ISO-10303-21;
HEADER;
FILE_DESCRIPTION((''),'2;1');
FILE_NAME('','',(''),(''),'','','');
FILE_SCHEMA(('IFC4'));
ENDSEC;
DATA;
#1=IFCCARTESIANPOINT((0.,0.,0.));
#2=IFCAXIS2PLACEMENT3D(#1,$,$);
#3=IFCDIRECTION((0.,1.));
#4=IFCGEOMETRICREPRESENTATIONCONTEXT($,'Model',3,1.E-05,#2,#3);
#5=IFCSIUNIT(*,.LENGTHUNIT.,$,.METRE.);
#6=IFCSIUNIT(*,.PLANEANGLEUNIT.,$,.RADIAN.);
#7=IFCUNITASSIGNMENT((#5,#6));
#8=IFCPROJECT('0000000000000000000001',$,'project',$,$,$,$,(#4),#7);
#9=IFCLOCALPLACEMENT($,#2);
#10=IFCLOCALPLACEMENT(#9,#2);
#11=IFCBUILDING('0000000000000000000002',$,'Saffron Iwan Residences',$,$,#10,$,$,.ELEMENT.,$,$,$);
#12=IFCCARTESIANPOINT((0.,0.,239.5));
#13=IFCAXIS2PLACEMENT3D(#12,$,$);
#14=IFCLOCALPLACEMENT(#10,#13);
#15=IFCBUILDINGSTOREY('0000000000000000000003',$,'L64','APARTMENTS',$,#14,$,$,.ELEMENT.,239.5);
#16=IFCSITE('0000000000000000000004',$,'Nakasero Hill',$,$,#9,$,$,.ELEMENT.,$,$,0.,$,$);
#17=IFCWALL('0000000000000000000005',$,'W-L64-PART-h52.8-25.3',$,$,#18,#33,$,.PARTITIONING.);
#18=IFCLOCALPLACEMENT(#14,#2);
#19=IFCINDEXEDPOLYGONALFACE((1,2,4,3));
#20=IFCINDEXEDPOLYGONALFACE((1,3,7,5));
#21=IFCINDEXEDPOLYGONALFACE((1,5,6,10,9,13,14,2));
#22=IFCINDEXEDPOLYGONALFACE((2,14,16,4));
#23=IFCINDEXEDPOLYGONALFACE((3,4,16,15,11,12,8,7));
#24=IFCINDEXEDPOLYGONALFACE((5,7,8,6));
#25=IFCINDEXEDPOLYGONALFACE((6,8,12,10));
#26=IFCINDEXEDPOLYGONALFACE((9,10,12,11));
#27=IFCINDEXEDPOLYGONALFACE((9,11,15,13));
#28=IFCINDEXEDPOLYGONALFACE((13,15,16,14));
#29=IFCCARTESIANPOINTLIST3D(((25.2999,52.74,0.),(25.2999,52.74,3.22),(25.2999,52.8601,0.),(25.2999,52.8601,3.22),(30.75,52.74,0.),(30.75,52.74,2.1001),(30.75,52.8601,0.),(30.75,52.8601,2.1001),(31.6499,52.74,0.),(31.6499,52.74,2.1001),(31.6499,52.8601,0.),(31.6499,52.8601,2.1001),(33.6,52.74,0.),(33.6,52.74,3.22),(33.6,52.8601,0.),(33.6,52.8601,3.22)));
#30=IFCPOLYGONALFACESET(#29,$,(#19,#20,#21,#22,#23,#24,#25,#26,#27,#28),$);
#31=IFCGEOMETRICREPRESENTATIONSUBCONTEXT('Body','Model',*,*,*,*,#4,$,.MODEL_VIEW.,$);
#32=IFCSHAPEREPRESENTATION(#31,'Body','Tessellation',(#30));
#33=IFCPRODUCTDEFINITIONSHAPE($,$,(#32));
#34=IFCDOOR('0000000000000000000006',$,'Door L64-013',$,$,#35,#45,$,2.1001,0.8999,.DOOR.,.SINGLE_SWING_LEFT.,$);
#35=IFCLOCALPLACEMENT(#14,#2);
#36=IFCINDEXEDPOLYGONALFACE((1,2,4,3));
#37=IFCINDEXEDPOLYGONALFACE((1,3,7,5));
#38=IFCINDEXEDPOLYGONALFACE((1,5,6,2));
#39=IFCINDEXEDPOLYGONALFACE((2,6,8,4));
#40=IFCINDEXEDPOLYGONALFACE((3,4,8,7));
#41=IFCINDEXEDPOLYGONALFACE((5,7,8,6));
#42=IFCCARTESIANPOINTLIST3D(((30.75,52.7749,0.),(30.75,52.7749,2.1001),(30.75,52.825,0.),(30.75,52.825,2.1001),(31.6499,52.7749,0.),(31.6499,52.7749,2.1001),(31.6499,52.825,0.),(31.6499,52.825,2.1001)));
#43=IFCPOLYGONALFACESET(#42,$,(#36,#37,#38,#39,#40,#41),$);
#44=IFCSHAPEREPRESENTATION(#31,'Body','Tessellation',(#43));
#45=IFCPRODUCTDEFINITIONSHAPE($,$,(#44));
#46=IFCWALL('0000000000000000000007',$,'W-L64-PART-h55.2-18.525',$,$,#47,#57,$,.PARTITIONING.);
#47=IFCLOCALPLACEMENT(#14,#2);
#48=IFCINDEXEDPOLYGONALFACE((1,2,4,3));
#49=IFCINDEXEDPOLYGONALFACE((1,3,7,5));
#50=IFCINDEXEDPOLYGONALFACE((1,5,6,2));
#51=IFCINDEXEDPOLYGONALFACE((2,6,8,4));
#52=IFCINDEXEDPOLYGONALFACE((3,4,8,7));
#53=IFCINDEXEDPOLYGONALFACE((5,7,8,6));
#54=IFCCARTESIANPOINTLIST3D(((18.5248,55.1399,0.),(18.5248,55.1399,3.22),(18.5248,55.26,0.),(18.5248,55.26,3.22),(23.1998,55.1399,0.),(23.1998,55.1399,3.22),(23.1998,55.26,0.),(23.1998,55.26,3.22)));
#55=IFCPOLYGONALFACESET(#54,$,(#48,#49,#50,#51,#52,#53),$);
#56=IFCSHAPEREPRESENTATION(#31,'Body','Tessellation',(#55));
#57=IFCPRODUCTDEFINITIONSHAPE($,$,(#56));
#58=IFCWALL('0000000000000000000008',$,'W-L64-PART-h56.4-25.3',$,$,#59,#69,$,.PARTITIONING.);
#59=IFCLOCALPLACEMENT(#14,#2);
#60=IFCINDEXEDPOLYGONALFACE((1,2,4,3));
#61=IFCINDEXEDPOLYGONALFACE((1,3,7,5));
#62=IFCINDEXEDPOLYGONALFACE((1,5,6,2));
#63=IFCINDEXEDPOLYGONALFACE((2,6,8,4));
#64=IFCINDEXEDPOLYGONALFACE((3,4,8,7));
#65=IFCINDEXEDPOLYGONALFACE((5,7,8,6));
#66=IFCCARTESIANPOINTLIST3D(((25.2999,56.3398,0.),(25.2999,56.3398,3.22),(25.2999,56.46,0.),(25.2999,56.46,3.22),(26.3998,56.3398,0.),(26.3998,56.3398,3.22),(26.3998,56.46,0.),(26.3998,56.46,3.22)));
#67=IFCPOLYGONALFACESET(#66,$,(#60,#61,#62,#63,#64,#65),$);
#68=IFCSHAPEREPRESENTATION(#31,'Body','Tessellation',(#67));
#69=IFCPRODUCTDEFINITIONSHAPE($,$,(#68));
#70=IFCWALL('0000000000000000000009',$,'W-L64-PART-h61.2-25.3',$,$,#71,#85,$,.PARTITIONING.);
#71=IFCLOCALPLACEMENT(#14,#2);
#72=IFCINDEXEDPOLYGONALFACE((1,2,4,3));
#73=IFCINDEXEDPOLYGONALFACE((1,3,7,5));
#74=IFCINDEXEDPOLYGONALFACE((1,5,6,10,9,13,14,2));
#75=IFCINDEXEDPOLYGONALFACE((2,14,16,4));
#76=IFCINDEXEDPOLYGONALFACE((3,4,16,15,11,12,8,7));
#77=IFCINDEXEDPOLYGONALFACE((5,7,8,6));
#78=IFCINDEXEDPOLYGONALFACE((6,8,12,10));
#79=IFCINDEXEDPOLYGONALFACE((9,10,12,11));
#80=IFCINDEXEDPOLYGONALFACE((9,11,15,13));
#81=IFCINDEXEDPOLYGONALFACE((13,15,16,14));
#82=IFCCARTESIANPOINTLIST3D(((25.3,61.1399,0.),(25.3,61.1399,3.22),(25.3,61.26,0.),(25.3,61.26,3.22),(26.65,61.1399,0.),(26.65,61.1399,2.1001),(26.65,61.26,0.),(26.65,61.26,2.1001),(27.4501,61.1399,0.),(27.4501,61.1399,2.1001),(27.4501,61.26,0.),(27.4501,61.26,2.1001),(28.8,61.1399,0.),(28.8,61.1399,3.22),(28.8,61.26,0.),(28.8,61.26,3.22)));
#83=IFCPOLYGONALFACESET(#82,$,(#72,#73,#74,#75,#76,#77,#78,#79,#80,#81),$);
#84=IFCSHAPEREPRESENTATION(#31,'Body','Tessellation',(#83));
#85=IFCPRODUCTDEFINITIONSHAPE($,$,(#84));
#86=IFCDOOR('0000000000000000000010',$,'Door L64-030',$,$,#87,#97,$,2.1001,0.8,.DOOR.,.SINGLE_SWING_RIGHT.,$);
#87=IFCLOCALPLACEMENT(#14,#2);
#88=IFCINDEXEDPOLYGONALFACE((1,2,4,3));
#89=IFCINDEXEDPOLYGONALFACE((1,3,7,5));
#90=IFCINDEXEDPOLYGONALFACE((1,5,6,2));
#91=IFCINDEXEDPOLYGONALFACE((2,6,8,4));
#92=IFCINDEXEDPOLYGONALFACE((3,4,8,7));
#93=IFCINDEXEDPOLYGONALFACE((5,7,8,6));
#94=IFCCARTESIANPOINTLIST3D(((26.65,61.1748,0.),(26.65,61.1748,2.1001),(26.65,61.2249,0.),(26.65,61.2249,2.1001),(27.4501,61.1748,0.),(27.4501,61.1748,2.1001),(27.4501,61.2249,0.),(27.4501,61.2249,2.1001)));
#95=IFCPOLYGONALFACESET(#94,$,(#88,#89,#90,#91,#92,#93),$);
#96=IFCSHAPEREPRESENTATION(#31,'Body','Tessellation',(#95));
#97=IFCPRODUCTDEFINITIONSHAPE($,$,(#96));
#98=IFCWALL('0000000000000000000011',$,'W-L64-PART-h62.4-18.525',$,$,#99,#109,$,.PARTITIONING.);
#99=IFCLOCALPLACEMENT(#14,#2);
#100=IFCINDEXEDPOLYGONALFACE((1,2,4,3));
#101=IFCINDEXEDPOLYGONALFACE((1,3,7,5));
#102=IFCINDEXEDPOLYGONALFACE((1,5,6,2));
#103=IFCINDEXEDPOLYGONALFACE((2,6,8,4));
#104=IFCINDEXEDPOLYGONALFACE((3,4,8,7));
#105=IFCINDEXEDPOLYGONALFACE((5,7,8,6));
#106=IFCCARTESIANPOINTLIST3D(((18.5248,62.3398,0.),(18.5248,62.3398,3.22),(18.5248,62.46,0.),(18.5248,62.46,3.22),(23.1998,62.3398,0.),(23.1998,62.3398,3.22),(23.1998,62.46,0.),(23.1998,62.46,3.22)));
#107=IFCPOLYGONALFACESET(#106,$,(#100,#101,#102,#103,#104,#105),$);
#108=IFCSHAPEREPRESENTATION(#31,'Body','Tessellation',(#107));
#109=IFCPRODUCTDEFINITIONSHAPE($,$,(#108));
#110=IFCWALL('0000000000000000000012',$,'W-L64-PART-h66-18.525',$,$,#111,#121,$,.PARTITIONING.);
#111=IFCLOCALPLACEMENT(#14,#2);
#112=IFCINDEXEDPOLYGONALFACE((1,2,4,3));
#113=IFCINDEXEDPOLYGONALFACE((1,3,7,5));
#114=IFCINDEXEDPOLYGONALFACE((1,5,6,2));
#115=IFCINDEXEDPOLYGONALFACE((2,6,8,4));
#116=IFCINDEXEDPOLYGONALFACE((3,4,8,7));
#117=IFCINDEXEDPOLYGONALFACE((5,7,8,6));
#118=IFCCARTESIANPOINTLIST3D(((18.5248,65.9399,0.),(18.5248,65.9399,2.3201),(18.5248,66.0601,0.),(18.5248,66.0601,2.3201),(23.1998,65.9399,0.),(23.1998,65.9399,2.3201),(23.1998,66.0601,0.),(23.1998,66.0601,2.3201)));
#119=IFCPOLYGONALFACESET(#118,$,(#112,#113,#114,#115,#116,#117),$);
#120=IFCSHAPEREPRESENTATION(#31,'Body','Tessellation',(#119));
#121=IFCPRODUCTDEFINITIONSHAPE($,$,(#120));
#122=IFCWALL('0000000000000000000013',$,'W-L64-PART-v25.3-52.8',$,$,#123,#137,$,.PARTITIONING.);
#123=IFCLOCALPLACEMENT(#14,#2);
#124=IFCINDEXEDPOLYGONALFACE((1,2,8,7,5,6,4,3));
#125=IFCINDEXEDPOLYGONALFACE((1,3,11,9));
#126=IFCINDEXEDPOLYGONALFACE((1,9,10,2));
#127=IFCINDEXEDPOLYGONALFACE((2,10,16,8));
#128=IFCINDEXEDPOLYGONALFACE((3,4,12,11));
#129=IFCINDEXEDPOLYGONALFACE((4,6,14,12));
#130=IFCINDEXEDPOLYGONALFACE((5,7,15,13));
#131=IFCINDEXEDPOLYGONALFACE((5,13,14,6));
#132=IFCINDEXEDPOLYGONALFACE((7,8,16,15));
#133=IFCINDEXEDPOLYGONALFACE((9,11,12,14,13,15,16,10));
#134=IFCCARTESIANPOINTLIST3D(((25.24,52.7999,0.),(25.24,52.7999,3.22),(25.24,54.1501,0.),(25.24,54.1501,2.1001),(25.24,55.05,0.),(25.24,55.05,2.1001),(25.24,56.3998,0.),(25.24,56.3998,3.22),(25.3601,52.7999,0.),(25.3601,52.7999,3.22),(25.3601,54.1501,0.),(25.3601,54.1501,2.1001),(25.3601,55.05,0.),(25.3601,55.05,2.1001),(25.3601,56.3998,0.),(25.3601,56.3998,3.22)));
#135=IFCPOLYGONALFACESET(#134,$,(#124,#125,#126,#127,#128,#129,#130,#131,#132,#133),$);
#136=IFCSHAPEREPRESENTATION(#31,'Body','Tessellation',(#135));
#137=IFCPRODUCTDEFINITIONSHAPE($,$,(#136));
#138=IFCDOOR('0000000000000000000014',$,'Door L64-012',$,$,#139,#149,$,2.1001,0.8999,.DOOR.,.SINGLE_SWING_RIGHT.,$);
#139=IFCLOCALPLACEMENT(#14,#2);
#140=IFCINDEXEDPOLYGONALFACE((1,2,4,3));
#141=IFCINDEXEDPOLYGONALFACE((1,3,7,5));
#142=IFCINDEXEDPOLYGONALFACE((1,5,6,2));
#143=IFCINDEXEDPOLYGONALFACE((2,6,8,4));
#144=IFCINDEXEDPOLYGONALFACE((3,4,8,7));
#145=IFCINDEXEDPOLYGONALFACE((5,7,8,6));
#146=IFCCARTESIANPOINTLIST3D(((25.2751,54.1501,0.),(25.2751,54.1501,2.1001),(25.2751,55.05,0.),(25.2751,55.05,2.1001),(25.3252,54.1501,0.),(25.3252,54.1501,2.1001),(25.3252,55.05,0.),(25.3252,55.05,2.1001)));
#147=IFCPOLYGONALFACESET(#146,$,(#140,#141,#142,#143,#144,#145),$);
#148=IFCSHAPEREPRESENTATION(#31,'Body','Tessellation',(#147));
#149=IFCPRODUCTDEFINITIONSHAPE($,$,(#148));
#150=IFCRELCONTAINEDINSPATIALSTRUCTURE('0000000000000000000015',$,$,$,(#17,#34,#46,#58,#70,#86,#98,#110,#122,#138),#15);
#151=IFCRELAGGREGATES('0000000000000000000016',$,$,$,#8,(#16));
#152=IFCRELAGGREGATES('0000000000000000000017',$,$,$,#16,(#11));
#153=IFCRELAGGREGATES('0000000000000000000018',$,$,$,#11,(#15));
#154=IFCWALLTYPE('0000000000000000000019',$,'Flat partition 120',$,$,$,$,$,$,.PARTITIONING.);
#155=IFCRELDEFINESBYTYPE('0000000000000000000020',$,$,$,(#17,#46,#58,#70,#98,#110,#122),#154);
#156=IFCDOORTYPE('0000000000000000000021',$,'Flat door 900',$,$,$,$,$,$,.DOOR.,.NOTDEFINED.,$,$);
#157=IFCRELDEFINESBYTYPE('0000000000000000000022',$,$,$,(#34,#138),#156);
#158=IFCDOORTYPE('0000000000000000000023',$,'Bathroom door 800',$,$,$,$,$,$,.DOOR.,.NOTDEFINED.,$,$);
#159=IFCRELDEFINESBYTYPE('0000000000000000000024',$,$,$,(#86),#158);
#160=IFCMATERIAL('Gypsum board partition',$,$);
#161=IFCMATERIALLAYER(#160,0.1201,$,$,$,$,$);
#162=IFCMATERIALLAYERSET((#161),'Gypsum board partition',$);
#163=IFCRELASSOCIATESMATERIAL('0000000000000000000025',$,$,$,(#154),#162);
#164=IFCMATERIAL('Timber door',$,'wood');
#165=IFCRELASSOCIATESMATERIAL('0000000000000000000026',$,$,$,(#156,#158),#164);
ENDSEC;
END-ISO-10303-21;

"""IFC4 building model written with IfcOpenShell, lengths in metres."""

from ifc_helpers import new_model, si_unit, direction, frame, frame_2d, origin, place, context, subcontext, project, spatial, rectangle, extrude, material, layer, layer_set, type_object, element, fill, save


model = new_model("IFC4")

# Units and contexts
model_context = context("Model", 3, precision=1e-05, world=origin(), true_north=direction((0.0, 1.0)))
body_context = subcontext(model_context, "Body", "Model", "MODEL_VIEW")
ifc_project = project(units=[si_unit("LENGTHUNIT", "METRE"), si_unit("PLANEANGLEUNIT", "RADIAN")], contexts=[model_context])

# Site, building, storey
site_placement = place(None, origin())
site = spatial("IfcSite", under=ifc_project, at=site_placement, Name="Nakasero Hill", CompositionType="ELEMENT", RefElevation=0.0)
building_placement = place(site_placement, origin())
building = spatial("IfcBuilding", under=site, at=building_placement, Name="Saffron Iwan Residences", CompositionType="ELEMENT")
storey_placement = place(building_placement, frame((0.0, 0.0, 239.5)))
storey = spatial("IfcBuildingStorey", under=building, at=storey_placement, Name="L64", Description="APARTMENTS", CompositionType="ELEMENT", Elevation=239.5)

# Wall, opening, door
ifc_material_1 = material(Name="Gypsum board partition")
ifc_layer_1 = layer(ifc_material_1, 0.1201)
ifc_layer_set_1 = layer_set([ifc_layer_1], Name="Gypsum board partition")
wall_type_1 = type_object("IfcWallType", Name="Flat partition 120", PredefinedType="PARTITIONING", material=ifc_layer_set_1)
wall_1_placement = place(storey_placement, frame((25.3, 52.8, 0.0), z_axis=(0.0, 0.0, 1.0), x_axis=(1.0, 0.0, 0.0)))
wall_1 = element("IfcWall", 1, at=wall_1_placement, inside=storey, type_object=wall_type_1, Name="W-L64-PART-h52.8-25.3", PredefinedType="PARTITIONING", context=body_context, shape_type="SweptSolid", body=[
    extrude(rectangle(XDim=8.3, YDim=0.1201, at=frame_2d((4.1499, 0.0))), origin(), (0.0, 0.0, 1.0), 3.22),
])
opening_1_placement = place(wall_1_placement, frame((5.45, 0.0, 0.0)))
opening_1 = element("IfcOpeningElement", 2, at=opening_1_placement, cuts=wall_1, PredefinedType="OPENING", context=body_context, shape_type="SweptSolid", body=[
    extrude(rectangle(XDim=0.8999, YDim=2.1001, at=frame_2d((0.45, 1.05))), frame((0.0, 0.0701, 0.0), z_axis=(0.0, -1.0, 0.0), x_axis=(1.0, 0.0, 0.0)), (0.0, 0.0, 1.0), 0.1401),
])
ifc_material_2 = material(Name="Timber door", Category="wood")
door_type_1 = type_object("IfcDoorType", Name="Flat door 900", OperationType="NOTDEFINED", PredefinedType="DOOR", material=ifc_material_2)
door_1_placement = place(opening_1_placement, origin())
door_1 = element("IfcDoor", 3, at=door_1_placement, inside=storey, type_object=door_type_1, Name="Door L64-013", OperationType="SINGLE_SWING_LEFT", OverallHeight=2.1001, OverallWidth=0.8999, PredefinedType="DOOR", context=body_context, shape_type="SweptSolid", body=[
    extrude(rectangle(XDim=0.8999, YDim=2.1001, at=frame_2d((0.45, 1.05))), frame((0.0, 0.0249, 0.0), z_axis=(0.0, -1.0, 0.0), x_axis=(1.0, 0.0, 0.0)), (0.0, 0.0, 1.0), 0.05),
])
fill(opening_1, door_1)

# Walls
wall_2_placement = place(storey_placement, frame((18.5249, 55.2, 0.0), z_axis=(0.0, 0.0, 1.0), x_axis=(1.0, 0.0, 0.0)))
element("IfcWall", 4, at=wall_2_placement, inside=storey, type_object=wall_type_1, Name="W-L64-PART-h55.2-18.525", PredefinedType="PARTITIONING", context=body_context, shape_type="SweptSolid", body=[
    extrude(rectangle(XDim=4.675, YDim=0.1201, at=frame_2d((2.3374, 0.0))), origin(), (0.0, 0.0, 1.0), 3.22),
])
wall_3_placement = place(storey_placement, frame((25.3, 56.3999, 0.0), z_axis=(0.0, 0.0, 1.0), x_axis=(1.0, 0.0, 0.0)))
element("IfcWall", 5, at=wall_3_placement, inside=storey, type_object=wall_type_1, Name="W-L64-PART-h56.4-25.3", PredefinedType="PARTITIONING", context=body_context, shape_type="SweptSolid", body=[
    extrude(rectangle(XDim=1.0999, YDim=0.1201, at=frame_2d((0.5498, 0.0))), origin(), (0.0, 0.0, 1.0), 3.22),
])

# Wall, opening, door
wall_4_placement = place(storey_placement, frame((25.3, 61.2, 0.0), z_axis=(0.0, 0.0, 1.0), x_axis=(1.0, 0.0, 0.0)))
wall_4 = element("IfcWall", 6, at=wall_4_placement, inside=storey, type_object=wall_type_1, Name="W-L64-PART-h61.2-25.3", PredefinedType="PARTITIONING", context=body_context, shape_type="SweptSolid", body=[
    extrude(rectangle(XDim=3.5, YDim=0.1201, at=frame_2d((1.75, 0.0))), origin(), (0.0, 0.0, 1.0), 3.22),
])
opening_2_placement = place(wall_4_placement, frame((1.3501, 0.0, 0.0)))
opening_2 = element("IfcOpeningElement", 7, at=opening_2_placement, cuts=wall_4, PredefinedType="OPENING", context=body_context, shape_type="SweptSolid", body=[
    extrude(rectangle(XDim=0.8, YDim=2.1001, at=frame_2d((0.3999, 1.05))), frame((0.0, 0.0701, 0.0), z_axis=(0.0, -1.0, 0.0), x_axis=(1.0, 0.0, 0.0)), (0.0, 0.0, 1.0), 0.1401),
])
door_type_2 = type_object("IfcDoorType", Name="Bathroom door 800", OperationType="NOTDEFINED", PredefinedType="DOOR", material=ifc_material_2)
door_2_placement = place(opening_2_placement, origin())
door_2 = element("IfcDoor", 8, at=door_2_placement, inside=storey, type_object=door_type_2, Name="Door L64-030", OperationType="SINGLE_SWING_RIGHT", OverallHeight=2.1001, OverallWidth=0.8, PredefinedType="DOOR", context=body_context, shape_type="SweptSolid", body=[
    extrude(rectangle(XDim=0.8, YDim=2.1001, at=frame_2d((0.3999, 1.05))), frame((0.0, 0.0249, 0.0), z_axis=(0.0, -1.0, 0.0), x_axis=(1.0, 0.0, 0.0)), (0.0, 0.0, 1.0), 0.05),
])
fill(opening_2, door_2)

# Walls
wall_5_placement = place(storey_placement, frame((18.5249, 62.3999, 0.0), z_axis=(0.0, 0.0, 1.0), x_axis=(1.0, 0.0, 0.0)))
element("IfcWall", 9, at=wall_5_placement, inside=storey, type_object=wall_type_1, Name="W-L64-PART-h62.4-18.525", PredefinedType="PARTITIONING", context=body_context, shape_type="SweptSolid", body=[
    extrude(rectangle(XDim=4.675, YDim=0.1201, at=frame_2d((2.3374, 0.0))), origin(), (0.0, 0.0, 1.0), 3.22),
])
wall_6_placement = place(storey_placement, frame((18.5249, 66.0, 0.0), z_axis=(0.0, 0.0, 1.0), x_axis=(1.0, 0.0, 0.0)))
element("IfcWall", 10, at=wall_6_placement, inside=storey, type_object=wall_type_1, Name="W-L64-PART-h66-18.525", PredefinedType="PARTITIONING", context=body_context, shape_type="SweptSolid", body=[
    extrude(rectangle(XDim=4.675, YDim=0.1201, at=frame_2d((2.3374, 0.0))), origin(), (0.0, 0.0, 1.0), 2.3201),
])

# Wall, opening, door
wall_7_placement = place(storey_placement, frame((25.3, 52.8, 0.0), z_axis=(0.0, 0.0, 1.0), x_axis=(0.0, 1.0, 0.0)))
wall_7 = element("IfcWall", 11, at=wall_7_placement, inside=storey, type_object=wall_type_1, Name="W-L64-PART-v25.3-52.8", PredefinedType="PARTITIONING", context=body_context, shape_type="SweptSolid", body=[
    extrude(rectangle(XDim=3.5999, YDim=0.1201, at=frame_2d((1.7998, 0.0))), origin(), (0.0, 0.0, 1.0), 3.22),
])
opening_3_placement = place(wall_7_placement, frame((1.3501, 0.0, 0.0)))
opening_3 = element("IfcOpeningElement", 12, at=opening_3_placement, cuts=wall_7, PredefinedType="OPENING", context=body_context, shape_type="SweptSolid", body=[
    extrude(rectangle(XDim=0.8999, YDim=2.1001, at=frame_2d((0.45, 1.05))), frame((0.0, 0.0701, 0.0), z_axis=(0.0, -1.0, 0.0), x_axis=(1.0, 0.0, 0.0)), (0.0, 0.0, 1.0), 0.1401),
])
door_3_placement = place(opening_3_placement, origin())
door_3 = element("IfcDoor", 13, at=door_3_placement, inside=storey, type_object=door_type_1, Name="Door L64-012", OperationType="SINGLE_SWING_RIGHT", OverallHeight=2.1001, OverallWidth=0.8999, PredefinedType="DOOR", context=body_context, shape_type="SweptSolid", body=[
    extrude(rectangle(XDim=0.8999, YDim=2.1001, at=frame_2d((0.45, 1.05))), frame((0.0, 0.0249, 0.0), z_axis=(0.0, -1.0, 0.0), x_axis=(1.0, 0.0, 0.0)), (0.0, 0.0, 1.0), 0.05),
])
fill(opening_3, door_3)

save(model, "model.ifc")
